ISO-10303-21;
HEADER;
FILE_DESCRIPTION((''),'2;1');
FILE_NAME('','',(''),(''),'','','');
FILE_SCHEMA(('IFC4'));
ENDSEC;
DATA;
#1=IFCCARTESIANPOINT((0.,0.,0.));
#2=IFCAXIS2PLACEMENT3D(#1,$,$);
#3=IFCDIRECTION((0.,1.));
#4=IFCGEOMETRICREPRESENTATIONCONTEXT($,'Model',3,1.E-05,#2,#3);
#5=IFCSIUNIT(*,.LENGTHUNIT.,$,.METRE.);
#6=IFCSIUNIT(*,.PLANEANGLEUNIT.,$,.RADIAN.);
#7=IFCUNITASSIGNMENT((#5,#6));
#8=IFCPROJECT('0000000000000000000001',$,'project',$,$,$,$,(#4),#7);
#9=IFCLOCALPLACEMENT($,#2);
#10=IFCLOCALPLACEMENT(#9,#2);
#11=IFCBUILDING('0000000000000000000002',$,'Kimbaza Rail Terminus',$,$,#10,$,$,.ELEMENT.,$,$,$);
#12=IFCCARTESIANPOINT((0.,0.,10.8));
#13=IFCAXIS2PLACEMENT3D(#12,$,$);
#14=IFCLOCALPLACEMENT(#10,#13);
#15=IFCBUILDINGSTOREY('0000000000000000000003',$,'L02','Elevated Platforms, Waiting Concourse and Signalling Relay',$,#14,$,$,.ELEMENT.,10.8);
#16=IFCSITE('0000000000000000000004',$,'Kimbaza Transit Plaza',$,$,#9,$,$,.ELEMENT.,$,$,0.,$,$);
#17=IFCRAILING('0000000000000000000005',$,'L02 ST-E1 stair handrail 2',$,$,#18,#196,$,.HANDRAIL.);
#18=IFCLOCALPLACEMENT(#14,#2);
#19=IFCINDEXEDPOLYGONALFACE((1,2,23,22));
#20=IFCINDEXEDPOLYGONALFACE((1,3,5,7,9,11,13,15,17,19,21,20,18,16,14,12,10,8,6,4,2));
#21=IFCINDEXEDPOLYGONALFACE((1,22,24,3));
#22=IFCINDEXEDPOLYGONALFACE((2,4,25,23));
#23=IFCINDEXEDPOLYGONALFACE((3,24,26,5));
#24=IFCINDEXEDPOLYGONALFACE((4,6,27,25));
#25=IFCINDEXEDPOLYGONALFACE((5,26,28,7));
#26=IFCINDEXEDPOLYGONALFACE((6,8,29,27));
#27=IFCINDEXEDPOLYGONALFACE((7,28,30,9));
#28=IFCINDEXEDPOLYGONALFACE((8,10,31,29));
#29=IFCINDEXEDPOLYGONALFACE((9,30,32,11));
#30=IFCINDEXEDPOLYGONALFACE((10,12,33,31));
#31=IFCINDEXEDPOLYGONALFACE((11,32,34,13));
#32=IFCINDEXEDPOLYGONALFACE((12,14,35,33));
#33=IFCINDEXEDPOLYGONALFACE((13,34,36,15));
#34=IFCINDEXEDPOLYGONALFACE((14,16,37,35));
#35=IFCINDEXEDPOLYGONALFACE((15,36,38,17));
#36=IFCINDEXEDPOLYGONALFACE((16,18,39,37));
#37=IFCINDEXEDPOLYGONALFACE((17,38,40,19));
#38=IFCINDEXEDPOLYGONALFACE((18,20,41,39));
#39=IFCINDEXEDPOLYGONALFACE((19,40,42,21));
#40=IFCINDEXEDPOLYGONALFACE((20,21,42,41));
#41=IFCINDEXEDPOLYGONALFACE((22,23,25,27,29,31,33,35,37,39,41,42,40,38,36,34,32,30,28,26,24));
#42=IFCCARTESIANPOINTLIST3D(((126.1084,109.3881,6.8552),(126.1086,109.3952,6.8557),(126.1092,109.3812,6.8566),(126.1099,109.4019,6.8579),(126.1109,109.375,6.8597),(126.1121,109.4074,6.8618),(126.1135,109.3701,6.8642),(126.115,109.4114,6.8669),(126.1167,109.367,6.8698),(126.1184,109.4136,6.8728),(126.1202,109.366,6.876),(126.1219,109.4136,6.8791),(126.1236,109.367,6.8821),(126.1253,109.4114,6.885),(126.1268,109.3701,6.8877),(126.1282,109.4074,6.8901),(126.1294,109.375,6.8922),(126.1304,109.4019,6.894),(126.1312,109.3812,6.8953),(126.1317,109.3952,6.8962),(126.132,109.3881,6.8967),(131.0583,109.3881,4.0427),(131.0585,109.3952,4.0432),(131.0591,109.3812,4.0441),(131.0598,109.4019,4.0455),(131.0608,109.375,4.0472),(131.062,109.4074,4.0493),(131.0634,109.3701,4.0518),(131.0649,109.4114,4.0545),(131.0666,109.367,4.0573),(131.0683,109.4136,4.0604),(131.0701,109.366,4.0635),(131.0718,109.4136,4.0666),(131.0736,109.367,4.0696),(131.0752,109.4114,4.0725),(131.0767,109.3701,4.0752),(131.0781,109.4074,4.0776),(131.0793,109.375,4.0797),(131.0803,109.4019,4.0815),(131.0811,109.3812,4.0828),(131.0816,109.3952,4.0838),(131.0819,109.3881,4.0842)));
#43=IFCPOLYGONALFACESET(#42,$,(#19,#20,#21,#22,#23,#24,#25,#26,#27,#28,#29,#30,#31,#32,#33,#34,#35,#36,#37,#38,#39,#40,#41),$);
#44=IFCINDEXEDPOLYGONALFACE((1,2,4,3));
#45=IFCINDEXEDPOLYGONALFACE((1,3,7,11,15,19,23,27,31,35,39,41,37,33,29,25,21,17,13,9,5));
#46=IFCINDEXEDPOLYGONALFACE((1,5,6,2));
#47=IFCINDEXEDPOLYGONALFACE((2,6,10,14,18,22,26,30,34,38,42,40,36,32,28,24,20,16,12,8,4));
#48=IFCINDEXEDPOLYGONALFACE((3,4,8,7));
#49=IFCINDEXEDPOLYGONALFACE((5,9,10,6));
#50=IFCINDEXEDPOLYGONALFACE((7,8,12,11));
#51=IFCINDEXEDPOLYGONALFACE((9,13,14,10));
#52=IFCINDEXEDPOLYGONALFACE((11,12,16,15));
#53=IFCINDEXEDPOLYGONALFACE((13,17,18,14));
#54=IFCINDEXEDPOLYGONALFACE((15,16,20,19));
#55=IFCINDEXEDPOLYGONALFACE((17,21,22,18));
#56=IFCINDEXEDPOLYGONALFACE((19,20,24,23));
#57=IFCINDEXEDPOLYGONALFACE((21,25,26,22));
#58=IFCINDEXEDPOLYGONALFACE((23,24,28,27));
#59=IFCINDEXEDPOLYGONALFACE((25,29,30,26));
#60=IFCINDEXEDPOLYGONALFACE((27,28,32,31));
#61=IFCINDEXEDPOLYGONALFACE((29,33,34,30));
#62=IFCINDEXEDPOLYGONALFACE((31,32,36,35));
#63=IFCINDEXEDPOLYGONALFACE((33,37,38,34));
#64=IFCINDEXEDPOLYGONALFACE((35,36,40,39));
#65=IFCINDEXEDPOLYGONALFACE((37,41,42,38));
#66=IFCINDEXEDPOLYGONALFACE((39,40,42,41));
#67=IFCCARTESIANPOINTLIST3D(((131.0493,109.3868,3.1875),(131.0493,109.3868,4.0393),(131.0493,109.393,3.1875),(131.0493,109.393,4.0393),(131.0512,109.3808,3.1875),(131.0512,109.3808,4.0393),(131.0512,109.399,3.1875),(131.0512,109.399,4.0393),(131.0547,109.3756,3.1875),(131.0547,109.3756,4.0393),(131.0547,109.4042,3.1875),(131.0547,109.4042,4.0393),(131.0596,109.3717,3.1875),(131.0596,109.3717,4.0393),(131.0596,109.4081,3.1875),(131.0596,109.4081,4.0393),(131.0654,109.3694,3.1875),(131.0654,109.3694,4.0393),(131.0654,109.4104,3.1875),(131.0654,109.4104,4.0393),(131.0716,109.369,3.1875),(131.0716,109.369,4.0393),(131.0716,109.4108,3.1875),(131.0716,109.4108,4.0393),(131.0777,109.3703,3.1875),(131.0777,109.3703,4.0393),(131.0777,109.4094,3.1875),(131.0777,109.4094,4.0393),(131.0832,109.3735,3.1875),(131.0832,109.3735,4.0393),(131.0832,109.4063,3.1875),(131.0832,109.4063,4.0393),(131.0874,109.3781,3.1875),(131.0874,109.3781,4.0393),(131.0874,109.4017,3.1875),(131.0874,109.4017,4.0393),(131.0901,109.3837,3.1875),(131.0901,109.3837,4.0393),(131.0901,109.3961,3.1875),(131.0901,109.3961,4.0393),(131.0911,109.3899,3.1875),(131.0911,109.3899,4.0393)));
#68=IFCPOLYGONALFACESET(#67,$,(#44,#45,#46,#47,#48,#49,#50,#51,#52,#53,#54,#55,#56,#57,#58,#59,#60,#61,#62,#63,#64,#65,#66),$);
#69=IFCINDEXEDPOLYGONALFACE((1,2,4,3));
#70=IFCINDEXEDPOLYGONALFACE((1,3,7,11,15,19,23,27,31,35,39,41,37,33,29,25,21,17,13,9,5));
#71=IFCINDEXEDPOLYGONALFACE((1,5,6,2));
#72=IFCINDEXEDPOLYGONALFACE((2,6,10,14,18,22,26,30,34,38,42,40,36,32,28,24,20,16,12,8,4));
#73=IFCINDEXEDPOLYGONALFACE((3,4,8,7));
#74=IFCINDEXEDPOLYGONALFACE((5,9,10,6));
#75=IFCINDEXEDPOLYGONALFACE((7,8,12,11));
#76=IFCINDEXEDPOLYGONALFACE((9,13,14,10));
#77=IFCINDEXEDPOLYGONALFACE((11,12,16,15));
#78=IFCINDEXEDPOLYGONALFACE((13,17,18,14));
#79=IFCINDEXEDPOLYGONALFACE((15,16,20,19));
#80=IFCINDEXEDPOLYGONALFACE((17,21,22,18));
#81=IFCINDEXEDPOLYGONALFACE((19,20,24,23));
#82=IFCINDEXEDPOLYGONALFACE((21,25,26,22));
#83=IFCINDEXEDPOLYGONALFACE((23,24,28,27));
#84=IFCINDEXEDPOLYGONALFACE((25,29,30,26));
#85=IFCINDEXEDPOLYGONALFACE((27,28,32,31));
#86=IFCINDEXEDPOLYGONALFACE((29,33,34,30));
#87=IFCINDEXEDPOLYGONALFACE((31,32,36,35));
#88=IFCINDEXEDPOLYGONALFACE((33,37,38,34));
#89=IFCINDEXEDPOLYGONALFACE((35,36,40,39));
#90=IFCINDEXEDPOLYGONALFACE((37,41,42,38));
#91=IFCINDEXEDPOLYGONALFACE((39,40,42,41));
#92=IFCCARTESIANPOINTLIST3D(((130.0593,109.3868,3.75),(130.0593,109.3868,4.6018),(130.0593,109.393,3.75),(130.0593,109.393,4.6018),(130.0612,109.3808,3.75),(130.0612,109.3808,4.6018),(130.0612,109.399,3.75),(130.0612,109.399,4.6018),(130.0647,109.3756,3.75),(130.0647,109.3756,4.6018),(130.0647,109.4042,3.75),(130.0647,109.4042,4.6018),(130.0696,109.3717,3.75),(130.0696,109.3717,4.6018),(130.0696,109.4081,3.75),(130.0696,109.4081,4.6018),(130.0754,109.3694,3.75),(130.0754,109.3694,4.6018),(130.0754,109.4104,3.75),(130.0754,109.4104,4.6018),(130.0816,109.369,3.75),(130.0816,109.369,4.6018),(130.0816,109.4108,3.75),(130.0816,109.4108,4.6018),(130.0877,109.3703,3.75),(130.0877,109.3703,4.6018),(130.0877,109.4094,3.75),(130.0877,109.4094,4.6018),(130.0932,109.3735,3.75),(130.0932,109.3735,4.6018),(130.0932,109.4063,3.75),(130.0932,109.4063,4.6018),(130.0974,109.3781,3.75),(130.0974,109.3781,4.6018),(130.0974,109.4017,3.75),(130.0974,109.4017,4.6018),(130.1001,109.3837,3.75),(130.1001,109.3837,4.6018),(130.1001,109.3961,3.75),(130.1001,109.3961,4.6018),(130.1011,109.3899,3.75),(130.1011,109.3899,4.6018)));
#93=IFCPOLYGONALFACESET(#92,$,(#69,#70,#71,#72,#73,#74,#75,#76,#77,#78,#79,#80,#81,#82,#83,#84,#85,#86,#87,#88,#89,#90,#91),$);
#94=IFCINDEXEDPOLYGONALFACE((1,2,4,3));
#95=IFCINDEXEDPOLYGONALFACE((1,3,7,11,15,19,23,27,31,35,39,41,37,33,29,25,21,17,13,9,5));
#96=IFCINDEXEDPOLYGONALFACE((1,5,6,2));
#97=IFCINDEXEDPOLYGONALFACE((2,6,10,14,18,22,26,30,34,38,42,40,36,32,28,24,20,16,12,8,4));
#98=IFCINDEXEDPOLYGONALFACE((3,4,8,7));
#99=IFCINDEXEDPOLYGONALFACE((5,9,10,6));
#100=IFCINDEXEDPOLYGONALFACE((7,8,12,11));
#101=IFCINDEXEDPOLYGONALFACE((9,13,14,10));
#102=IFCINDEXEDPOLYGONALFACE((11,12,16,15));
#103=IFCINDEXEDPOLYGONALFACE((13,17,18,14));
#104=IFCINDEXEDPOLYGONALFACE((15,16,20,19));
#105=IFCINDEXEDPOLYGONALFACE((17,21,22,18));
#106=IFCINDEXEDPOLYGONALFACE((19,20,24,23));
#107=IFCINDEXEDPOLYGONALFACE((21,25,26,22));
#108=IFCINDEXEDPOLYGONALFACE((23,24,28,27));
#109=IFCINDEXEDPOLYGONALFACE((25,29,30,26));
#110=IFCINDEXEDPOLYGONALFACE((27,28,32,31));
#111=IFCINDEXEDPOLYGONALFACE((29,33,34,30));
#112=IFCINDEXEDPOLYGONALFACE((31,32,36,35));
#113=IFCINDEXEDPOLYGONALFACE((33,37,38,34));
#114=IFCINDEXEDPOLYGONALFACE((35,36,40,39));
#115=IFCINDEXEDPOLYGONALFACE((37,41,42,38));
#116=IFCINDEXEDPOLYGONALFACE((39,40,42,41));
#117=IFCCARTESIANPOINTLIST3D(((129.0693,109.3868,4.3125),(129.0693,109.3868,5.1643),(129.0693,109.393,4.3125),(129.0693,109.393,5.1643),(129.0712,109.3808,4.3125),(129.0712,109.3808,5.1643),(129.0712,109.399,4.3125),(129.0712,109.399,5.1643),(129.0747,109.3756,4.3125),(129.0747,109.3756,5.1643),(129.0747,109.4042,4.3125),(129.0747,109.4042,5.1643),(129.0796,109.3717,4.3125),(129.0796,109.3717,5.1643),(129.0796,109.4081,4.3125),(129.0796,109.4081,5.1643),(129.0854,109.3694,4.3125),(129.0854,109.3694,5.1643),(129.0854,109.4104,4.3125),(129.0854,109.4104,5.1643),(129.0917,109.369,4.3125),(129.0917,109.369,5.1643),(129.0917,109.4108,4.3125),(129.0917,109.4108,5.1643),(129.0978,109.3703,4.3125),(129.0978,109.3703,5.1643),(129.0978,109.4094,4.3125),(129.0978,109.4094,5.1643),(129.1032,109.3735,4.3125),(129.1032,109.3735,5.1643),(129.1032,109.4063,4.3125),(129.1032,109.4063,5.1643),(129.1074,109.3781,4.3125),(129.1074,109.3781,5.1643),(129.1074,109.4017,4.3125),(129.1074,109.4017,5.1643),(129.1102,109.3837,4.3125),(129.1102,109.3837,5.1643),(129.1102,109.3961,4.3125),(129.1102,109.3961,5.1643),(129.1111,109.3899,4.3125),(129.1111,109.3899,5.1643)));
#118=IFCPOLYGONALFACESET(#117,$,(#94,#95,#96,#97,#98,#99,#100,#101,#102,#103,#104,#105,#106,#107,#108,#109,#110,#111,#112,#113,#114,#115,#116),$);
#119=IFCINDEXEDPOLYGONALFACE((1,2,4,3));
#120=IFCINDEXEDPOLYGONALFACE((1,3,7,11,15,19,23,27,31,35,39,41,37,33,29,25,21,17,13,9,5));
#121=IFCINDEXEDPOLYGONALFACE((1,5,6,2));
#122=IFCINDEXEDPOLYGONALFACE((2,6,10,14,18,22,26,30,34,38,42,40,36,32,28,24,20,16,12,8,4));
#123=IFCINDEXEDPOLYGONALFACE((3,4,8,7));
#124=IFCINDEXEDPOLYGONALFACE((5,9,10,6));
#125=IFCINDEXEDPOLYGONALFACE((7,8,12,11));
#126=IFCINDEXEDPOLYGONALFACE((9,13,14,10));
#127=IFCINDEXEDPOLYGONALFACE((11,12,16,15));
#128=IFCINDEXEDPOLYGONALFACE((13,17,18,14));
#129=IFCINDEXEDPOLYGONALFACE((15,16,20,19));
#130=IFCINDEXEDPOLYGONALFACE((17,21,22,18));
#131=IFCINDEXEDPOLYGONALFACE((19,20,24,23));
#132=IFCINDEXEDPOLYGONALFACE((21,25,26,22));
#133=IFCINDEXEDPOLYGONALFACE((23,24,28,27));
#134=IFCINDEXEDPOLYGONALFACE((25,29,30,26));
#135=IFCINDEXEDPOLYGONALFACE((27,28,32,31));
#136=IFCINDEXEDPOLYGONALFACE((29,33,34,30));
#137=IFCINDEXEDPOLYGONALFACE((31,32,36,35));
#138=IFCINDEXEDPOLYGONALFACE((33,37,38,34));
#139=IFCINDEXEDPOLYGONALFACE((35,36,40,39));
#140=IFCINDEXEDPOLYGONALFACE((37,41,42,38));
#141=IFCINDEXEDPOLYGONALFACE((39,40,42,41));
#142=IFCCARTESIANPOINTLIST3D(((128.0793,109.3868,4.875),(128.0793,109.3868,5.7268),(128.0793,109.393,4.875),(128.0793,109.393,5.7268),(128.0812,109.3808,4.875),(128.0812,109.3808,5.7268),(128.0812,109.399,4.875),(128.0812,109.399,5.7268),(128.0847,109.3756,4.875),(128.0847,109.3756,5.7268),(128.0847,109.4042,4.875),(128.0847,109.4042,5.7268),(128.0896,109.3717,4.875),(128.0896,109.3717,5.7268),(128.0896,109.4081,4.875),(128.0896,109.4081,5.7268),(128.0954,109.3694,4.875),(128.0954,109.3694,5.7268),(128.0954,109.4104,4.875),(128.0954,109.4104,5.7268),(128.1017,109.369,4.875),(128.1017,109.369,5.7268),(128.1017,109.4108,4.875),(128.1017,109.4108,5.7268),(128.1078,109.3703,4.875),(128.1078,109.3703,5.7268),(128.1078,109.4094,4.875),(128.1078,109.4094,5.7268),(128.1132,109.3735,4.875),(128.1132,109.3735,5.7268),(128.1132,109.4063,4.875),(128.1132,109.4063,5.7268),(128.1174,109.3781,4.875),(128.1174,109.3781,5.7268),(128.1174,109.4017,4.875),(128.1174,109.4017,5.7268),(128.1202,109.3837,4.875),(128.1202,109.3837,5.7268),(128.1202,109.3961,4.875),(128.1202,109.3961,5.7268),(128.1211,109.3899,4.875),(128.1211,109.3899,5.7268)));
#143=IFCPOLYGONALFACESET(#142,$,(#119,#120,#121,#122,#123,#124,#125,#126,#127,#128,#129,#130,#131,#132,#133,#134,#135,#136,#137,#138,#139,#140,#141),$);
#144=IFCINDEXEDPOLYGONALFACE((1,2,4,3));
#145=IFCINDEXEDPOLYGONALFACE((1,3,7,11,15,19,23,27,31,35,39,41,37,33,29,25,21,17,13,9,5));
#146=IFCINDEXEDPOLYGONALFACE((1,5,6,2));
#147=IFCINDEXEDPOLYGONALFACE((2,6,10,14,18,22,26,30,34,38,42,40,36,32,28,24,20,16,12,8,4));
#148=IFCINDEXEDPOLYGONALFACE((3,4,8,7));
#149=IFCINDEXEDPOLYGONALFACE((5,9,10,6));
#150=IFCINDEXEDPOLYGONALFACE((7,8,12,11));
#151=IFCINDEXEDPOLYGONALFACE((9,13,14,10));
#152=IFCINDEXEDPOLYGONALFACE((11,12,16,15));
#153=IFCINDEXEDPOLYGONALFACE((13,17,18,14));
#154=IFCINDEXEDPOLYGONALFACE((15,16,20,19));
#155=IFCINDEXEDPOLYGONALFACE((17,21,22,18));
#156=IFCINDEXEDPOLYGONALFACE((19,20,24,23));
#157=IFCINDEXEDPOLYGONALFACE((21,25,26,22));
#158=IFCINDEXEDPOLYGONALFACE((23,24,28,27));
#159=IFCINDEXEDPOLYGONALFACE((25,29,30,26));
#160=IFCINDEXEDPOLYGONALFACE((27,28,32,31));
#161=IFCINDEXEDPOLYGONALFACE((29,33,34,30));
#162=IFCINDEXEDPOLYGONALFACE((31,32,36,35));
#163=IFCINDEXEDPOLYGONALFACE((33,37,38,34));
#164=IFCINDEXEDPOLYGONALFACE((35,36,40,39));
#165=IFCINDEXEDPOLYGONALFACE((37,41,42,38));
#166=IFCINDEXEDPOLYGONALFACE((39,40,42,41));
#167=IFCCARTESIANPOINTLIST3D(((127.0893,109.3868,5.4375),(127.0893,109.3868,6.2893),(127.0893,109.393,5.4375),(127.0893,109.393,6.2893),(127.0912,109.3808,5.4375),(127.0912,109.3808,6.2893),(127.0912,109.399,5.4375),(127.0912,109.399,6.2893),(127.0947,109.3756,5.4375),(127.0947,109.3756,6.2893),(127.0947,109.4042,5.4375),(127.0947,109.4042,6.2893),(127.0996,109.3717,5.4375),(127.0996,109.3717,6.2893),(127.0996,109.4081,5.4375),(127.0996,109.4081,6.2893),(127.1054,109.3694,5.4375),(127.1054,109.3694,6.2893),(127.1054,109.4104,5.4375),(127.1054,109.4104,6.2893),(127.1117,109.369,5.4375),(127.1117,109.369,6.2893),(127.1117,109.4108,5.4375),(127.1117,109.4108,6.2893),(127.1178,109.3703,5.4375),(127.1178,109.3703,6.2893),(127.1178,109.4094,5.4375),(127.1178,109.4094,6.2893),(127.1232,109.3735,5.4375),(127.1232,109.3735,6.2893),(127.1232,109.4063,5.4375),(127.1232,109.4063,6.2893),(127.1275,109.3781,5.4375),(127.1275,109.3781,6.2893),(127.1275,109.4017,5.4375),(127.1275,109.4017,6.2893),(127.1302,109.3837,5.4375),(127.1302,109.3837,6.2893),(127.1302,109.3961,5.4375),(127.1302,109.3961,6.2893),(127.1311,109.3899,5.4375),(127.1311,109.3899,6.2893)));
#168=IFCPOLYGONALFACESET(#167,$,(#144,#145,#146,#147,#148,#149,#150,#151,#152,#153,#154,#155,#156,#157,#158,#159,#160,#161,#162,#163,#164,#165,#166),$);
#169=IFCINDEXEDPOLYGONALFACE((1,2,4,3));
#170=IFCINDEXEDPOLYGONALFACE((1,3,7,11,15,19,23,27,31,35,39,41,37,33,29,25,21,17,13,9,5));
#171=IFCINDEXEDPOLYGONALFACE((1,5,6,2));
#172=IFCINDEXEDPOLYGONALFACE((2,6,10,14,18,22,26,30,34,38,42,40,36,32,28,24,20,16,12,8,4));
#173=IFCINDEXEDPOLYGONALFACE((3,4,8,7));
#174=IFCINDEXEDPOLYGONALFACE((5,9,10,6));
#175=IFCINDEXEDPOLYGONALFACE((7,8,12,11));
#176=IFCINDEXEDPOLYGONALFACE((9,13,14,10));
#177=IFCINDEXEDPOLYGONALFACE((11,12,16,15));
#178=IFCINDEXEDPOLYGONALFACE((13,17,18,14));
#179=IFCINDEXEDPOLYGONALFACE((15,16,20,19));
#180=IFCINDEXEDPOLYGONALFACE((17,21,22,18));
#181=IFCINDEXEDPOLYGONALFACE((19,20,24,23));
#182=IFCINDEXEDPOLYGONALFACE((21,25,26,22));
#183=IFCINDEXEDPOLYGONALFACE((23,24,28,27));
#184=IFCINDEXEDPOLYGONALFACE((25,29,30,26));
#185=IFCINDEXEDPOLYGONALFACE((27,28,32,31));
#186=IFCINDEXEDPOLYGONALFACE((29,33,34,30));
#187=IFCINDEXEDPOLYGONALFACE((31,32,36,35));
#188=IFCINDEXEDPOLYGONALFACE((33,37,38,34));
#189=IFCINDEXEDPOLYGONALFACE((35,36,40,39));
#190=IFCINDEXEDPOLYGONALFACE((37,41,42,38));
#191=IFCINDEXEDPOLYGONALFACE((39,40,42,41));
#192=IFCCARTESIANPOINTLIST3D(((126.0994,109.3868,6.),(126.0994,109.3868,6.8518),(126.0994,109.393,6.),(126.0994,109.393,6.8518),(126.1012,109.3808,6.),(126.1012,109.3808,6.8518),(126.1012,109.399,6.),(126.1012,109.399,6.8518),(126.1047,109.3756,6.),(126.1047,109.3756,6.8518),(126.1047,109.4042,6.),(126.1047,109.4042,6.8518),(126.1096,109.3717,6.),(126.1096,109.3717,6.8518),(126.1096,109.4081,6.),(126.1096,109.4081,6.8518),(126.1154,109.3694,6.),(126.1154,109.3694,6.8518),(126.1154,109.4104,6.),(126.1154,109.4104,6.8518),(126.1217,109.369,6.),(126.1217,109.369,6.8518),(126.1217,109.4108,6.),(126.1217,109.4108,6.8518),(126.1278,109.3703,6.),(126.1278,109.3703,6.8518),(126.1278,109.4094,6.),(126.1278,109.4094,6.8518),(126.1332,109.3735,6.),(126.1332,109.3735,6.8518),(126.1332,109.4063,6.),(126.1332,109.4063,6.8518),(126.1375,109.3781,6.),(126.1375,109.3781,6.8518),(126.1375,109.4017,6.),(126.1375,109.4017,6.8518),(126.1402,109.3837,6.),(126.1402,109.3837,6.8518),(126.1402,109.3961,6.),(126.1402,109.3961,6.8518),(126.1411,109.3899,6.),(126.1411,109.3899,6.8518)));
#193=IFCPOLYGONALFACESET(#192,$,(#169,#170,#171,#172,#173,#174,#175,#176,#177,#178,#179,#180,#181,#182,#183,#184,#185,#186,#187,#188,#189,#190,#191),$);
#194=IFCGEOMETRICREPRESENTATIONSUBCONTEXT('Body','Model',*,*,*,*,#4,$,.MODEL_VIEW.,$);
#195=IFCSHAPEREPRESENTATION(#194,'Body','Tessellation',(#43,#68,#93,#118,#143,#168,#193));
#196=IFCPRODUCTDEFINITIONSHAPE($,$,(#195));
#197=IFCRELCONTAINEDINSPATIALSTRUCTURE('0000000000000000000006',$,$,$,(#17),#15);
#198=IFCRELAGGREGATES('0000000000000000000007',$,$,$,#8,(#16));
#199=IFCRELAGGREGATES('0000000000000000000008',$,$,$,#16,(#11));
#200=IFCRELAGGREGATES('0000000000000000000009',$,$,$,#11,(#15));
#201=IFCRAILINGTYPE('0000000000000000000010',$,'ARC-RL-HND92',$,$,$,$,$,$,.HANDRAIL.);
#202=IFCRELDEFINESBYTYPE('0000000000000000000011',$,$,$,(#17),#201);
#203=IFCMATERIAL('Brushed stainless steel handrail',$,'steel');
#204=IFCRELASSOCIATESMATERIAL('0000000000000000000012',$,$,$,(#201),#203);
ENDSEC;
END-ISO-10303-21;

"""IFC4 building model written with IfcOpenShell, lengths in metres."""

from ifc_helpers import new_model, si_unit, direction, frame, origin, origin_2d, place, context, subcontext, project, spatial, circle, extrude, material, type_object, element, save


model = new_model("IFC4")

# Units and contexts
model_context = context("Model", 3, precision=1e-05, world=origin(), true_north=direction((0.0, 1.0)))
body_context = subcontext(model_context, "Body", "Model", "MODEL_VIEW")
ifc_project = project(units=[si_unit("LENGTHUNIT", "METRE"), si_unit("PLANEANGLEUNIT", "RADIAN")], contexts=[model_context])

# Site, building, storey
site_placement = place(None, origin())
site = spatial("IfcSite", under=ifc_project, at=site_placement, Name="Kimbaza Transit Plaza", CompositionType="ELEMENT", RefElevation=0.0)
building_placement = place(site_placement, origin())
building = spatial("IfcBuilding", under=site, at=building_placement, Name="Kimbaza Rail Terminus", CompositionType="ELEMENT")
storey_placement = place(building_placement, frame((0.0, 0.0, 10.8)))
storey = spatial("IfcBuildingStorey", under=building, at=storey_placement, Name="L02", Description="Elevated Platforms, Waiting Concourse and Signalling Relay", CompositionType="ELEMENT", Elevation=10.8)

# Railing
ifc_material_1 = material(Name="Brushed stainless steel handrail", Category="steel")
railing_type_1 = type_object("IfcRailingType", Name="ARC-RL-HND92", PredefinedType="HANDRAIL", material=ifc_material_1)
railing_1_placement = place(storey_placement, frame((131.0701, 109.3899, 3.1875)))
element("IfcRailing", 1, at=railing_1_placement, inside=storey, type_object=railing_type_1, Name="L02 ST-E1 stair handrail 2", PredefinedType="HANDRAIL", context=body_context, shape_type="SweptSolid", body=[
    extrude(circle(Radius=0.0239, at=origin_2d()), frame((0.0, 0.0, 0.876), z_axis=(-0.869454, 0.0, 0.494013), x_axis=(0.0, -1.0, 0.0)), (0.0, 0.0, 1.0), 5.6931),
    extrude(circle(Radius=0.021, at=origin_2d()), origin(), (0.0, 0.0, 1.0), 0.8518),
    extrude(circle(Radius=0.021, at=origin_2d()), frame((-0.99, 0.0, 0.5625)), (0.0, 0.0, 1.0), 0.8518),
    extrude(circle(Radius=0.021, at=origin_2d()), frame((-1.98, 0.0, 1.125)), (0.0, 0.0, 1.0), 0.8518),
    extrude(circle(Radius=0.021, at=origin_2d()), frame((-2.97, 0.0, 1.6875)), (0.0, 0.0, 1.0), 0.8518),
    extrude(circle(Radius=0.021, at=origin_2d()), frame((-3.96, 0.0, 2.25)), (0.0, 0.0, 1.0), 0.8518),
    extrude(circle(Radius=0.021, at=origin_2d()), frame((-4.95, 0.0, 2.8125)), (0.0, 0.0, 1.0), 0.8518),
])

save(model, "model.ifc")
